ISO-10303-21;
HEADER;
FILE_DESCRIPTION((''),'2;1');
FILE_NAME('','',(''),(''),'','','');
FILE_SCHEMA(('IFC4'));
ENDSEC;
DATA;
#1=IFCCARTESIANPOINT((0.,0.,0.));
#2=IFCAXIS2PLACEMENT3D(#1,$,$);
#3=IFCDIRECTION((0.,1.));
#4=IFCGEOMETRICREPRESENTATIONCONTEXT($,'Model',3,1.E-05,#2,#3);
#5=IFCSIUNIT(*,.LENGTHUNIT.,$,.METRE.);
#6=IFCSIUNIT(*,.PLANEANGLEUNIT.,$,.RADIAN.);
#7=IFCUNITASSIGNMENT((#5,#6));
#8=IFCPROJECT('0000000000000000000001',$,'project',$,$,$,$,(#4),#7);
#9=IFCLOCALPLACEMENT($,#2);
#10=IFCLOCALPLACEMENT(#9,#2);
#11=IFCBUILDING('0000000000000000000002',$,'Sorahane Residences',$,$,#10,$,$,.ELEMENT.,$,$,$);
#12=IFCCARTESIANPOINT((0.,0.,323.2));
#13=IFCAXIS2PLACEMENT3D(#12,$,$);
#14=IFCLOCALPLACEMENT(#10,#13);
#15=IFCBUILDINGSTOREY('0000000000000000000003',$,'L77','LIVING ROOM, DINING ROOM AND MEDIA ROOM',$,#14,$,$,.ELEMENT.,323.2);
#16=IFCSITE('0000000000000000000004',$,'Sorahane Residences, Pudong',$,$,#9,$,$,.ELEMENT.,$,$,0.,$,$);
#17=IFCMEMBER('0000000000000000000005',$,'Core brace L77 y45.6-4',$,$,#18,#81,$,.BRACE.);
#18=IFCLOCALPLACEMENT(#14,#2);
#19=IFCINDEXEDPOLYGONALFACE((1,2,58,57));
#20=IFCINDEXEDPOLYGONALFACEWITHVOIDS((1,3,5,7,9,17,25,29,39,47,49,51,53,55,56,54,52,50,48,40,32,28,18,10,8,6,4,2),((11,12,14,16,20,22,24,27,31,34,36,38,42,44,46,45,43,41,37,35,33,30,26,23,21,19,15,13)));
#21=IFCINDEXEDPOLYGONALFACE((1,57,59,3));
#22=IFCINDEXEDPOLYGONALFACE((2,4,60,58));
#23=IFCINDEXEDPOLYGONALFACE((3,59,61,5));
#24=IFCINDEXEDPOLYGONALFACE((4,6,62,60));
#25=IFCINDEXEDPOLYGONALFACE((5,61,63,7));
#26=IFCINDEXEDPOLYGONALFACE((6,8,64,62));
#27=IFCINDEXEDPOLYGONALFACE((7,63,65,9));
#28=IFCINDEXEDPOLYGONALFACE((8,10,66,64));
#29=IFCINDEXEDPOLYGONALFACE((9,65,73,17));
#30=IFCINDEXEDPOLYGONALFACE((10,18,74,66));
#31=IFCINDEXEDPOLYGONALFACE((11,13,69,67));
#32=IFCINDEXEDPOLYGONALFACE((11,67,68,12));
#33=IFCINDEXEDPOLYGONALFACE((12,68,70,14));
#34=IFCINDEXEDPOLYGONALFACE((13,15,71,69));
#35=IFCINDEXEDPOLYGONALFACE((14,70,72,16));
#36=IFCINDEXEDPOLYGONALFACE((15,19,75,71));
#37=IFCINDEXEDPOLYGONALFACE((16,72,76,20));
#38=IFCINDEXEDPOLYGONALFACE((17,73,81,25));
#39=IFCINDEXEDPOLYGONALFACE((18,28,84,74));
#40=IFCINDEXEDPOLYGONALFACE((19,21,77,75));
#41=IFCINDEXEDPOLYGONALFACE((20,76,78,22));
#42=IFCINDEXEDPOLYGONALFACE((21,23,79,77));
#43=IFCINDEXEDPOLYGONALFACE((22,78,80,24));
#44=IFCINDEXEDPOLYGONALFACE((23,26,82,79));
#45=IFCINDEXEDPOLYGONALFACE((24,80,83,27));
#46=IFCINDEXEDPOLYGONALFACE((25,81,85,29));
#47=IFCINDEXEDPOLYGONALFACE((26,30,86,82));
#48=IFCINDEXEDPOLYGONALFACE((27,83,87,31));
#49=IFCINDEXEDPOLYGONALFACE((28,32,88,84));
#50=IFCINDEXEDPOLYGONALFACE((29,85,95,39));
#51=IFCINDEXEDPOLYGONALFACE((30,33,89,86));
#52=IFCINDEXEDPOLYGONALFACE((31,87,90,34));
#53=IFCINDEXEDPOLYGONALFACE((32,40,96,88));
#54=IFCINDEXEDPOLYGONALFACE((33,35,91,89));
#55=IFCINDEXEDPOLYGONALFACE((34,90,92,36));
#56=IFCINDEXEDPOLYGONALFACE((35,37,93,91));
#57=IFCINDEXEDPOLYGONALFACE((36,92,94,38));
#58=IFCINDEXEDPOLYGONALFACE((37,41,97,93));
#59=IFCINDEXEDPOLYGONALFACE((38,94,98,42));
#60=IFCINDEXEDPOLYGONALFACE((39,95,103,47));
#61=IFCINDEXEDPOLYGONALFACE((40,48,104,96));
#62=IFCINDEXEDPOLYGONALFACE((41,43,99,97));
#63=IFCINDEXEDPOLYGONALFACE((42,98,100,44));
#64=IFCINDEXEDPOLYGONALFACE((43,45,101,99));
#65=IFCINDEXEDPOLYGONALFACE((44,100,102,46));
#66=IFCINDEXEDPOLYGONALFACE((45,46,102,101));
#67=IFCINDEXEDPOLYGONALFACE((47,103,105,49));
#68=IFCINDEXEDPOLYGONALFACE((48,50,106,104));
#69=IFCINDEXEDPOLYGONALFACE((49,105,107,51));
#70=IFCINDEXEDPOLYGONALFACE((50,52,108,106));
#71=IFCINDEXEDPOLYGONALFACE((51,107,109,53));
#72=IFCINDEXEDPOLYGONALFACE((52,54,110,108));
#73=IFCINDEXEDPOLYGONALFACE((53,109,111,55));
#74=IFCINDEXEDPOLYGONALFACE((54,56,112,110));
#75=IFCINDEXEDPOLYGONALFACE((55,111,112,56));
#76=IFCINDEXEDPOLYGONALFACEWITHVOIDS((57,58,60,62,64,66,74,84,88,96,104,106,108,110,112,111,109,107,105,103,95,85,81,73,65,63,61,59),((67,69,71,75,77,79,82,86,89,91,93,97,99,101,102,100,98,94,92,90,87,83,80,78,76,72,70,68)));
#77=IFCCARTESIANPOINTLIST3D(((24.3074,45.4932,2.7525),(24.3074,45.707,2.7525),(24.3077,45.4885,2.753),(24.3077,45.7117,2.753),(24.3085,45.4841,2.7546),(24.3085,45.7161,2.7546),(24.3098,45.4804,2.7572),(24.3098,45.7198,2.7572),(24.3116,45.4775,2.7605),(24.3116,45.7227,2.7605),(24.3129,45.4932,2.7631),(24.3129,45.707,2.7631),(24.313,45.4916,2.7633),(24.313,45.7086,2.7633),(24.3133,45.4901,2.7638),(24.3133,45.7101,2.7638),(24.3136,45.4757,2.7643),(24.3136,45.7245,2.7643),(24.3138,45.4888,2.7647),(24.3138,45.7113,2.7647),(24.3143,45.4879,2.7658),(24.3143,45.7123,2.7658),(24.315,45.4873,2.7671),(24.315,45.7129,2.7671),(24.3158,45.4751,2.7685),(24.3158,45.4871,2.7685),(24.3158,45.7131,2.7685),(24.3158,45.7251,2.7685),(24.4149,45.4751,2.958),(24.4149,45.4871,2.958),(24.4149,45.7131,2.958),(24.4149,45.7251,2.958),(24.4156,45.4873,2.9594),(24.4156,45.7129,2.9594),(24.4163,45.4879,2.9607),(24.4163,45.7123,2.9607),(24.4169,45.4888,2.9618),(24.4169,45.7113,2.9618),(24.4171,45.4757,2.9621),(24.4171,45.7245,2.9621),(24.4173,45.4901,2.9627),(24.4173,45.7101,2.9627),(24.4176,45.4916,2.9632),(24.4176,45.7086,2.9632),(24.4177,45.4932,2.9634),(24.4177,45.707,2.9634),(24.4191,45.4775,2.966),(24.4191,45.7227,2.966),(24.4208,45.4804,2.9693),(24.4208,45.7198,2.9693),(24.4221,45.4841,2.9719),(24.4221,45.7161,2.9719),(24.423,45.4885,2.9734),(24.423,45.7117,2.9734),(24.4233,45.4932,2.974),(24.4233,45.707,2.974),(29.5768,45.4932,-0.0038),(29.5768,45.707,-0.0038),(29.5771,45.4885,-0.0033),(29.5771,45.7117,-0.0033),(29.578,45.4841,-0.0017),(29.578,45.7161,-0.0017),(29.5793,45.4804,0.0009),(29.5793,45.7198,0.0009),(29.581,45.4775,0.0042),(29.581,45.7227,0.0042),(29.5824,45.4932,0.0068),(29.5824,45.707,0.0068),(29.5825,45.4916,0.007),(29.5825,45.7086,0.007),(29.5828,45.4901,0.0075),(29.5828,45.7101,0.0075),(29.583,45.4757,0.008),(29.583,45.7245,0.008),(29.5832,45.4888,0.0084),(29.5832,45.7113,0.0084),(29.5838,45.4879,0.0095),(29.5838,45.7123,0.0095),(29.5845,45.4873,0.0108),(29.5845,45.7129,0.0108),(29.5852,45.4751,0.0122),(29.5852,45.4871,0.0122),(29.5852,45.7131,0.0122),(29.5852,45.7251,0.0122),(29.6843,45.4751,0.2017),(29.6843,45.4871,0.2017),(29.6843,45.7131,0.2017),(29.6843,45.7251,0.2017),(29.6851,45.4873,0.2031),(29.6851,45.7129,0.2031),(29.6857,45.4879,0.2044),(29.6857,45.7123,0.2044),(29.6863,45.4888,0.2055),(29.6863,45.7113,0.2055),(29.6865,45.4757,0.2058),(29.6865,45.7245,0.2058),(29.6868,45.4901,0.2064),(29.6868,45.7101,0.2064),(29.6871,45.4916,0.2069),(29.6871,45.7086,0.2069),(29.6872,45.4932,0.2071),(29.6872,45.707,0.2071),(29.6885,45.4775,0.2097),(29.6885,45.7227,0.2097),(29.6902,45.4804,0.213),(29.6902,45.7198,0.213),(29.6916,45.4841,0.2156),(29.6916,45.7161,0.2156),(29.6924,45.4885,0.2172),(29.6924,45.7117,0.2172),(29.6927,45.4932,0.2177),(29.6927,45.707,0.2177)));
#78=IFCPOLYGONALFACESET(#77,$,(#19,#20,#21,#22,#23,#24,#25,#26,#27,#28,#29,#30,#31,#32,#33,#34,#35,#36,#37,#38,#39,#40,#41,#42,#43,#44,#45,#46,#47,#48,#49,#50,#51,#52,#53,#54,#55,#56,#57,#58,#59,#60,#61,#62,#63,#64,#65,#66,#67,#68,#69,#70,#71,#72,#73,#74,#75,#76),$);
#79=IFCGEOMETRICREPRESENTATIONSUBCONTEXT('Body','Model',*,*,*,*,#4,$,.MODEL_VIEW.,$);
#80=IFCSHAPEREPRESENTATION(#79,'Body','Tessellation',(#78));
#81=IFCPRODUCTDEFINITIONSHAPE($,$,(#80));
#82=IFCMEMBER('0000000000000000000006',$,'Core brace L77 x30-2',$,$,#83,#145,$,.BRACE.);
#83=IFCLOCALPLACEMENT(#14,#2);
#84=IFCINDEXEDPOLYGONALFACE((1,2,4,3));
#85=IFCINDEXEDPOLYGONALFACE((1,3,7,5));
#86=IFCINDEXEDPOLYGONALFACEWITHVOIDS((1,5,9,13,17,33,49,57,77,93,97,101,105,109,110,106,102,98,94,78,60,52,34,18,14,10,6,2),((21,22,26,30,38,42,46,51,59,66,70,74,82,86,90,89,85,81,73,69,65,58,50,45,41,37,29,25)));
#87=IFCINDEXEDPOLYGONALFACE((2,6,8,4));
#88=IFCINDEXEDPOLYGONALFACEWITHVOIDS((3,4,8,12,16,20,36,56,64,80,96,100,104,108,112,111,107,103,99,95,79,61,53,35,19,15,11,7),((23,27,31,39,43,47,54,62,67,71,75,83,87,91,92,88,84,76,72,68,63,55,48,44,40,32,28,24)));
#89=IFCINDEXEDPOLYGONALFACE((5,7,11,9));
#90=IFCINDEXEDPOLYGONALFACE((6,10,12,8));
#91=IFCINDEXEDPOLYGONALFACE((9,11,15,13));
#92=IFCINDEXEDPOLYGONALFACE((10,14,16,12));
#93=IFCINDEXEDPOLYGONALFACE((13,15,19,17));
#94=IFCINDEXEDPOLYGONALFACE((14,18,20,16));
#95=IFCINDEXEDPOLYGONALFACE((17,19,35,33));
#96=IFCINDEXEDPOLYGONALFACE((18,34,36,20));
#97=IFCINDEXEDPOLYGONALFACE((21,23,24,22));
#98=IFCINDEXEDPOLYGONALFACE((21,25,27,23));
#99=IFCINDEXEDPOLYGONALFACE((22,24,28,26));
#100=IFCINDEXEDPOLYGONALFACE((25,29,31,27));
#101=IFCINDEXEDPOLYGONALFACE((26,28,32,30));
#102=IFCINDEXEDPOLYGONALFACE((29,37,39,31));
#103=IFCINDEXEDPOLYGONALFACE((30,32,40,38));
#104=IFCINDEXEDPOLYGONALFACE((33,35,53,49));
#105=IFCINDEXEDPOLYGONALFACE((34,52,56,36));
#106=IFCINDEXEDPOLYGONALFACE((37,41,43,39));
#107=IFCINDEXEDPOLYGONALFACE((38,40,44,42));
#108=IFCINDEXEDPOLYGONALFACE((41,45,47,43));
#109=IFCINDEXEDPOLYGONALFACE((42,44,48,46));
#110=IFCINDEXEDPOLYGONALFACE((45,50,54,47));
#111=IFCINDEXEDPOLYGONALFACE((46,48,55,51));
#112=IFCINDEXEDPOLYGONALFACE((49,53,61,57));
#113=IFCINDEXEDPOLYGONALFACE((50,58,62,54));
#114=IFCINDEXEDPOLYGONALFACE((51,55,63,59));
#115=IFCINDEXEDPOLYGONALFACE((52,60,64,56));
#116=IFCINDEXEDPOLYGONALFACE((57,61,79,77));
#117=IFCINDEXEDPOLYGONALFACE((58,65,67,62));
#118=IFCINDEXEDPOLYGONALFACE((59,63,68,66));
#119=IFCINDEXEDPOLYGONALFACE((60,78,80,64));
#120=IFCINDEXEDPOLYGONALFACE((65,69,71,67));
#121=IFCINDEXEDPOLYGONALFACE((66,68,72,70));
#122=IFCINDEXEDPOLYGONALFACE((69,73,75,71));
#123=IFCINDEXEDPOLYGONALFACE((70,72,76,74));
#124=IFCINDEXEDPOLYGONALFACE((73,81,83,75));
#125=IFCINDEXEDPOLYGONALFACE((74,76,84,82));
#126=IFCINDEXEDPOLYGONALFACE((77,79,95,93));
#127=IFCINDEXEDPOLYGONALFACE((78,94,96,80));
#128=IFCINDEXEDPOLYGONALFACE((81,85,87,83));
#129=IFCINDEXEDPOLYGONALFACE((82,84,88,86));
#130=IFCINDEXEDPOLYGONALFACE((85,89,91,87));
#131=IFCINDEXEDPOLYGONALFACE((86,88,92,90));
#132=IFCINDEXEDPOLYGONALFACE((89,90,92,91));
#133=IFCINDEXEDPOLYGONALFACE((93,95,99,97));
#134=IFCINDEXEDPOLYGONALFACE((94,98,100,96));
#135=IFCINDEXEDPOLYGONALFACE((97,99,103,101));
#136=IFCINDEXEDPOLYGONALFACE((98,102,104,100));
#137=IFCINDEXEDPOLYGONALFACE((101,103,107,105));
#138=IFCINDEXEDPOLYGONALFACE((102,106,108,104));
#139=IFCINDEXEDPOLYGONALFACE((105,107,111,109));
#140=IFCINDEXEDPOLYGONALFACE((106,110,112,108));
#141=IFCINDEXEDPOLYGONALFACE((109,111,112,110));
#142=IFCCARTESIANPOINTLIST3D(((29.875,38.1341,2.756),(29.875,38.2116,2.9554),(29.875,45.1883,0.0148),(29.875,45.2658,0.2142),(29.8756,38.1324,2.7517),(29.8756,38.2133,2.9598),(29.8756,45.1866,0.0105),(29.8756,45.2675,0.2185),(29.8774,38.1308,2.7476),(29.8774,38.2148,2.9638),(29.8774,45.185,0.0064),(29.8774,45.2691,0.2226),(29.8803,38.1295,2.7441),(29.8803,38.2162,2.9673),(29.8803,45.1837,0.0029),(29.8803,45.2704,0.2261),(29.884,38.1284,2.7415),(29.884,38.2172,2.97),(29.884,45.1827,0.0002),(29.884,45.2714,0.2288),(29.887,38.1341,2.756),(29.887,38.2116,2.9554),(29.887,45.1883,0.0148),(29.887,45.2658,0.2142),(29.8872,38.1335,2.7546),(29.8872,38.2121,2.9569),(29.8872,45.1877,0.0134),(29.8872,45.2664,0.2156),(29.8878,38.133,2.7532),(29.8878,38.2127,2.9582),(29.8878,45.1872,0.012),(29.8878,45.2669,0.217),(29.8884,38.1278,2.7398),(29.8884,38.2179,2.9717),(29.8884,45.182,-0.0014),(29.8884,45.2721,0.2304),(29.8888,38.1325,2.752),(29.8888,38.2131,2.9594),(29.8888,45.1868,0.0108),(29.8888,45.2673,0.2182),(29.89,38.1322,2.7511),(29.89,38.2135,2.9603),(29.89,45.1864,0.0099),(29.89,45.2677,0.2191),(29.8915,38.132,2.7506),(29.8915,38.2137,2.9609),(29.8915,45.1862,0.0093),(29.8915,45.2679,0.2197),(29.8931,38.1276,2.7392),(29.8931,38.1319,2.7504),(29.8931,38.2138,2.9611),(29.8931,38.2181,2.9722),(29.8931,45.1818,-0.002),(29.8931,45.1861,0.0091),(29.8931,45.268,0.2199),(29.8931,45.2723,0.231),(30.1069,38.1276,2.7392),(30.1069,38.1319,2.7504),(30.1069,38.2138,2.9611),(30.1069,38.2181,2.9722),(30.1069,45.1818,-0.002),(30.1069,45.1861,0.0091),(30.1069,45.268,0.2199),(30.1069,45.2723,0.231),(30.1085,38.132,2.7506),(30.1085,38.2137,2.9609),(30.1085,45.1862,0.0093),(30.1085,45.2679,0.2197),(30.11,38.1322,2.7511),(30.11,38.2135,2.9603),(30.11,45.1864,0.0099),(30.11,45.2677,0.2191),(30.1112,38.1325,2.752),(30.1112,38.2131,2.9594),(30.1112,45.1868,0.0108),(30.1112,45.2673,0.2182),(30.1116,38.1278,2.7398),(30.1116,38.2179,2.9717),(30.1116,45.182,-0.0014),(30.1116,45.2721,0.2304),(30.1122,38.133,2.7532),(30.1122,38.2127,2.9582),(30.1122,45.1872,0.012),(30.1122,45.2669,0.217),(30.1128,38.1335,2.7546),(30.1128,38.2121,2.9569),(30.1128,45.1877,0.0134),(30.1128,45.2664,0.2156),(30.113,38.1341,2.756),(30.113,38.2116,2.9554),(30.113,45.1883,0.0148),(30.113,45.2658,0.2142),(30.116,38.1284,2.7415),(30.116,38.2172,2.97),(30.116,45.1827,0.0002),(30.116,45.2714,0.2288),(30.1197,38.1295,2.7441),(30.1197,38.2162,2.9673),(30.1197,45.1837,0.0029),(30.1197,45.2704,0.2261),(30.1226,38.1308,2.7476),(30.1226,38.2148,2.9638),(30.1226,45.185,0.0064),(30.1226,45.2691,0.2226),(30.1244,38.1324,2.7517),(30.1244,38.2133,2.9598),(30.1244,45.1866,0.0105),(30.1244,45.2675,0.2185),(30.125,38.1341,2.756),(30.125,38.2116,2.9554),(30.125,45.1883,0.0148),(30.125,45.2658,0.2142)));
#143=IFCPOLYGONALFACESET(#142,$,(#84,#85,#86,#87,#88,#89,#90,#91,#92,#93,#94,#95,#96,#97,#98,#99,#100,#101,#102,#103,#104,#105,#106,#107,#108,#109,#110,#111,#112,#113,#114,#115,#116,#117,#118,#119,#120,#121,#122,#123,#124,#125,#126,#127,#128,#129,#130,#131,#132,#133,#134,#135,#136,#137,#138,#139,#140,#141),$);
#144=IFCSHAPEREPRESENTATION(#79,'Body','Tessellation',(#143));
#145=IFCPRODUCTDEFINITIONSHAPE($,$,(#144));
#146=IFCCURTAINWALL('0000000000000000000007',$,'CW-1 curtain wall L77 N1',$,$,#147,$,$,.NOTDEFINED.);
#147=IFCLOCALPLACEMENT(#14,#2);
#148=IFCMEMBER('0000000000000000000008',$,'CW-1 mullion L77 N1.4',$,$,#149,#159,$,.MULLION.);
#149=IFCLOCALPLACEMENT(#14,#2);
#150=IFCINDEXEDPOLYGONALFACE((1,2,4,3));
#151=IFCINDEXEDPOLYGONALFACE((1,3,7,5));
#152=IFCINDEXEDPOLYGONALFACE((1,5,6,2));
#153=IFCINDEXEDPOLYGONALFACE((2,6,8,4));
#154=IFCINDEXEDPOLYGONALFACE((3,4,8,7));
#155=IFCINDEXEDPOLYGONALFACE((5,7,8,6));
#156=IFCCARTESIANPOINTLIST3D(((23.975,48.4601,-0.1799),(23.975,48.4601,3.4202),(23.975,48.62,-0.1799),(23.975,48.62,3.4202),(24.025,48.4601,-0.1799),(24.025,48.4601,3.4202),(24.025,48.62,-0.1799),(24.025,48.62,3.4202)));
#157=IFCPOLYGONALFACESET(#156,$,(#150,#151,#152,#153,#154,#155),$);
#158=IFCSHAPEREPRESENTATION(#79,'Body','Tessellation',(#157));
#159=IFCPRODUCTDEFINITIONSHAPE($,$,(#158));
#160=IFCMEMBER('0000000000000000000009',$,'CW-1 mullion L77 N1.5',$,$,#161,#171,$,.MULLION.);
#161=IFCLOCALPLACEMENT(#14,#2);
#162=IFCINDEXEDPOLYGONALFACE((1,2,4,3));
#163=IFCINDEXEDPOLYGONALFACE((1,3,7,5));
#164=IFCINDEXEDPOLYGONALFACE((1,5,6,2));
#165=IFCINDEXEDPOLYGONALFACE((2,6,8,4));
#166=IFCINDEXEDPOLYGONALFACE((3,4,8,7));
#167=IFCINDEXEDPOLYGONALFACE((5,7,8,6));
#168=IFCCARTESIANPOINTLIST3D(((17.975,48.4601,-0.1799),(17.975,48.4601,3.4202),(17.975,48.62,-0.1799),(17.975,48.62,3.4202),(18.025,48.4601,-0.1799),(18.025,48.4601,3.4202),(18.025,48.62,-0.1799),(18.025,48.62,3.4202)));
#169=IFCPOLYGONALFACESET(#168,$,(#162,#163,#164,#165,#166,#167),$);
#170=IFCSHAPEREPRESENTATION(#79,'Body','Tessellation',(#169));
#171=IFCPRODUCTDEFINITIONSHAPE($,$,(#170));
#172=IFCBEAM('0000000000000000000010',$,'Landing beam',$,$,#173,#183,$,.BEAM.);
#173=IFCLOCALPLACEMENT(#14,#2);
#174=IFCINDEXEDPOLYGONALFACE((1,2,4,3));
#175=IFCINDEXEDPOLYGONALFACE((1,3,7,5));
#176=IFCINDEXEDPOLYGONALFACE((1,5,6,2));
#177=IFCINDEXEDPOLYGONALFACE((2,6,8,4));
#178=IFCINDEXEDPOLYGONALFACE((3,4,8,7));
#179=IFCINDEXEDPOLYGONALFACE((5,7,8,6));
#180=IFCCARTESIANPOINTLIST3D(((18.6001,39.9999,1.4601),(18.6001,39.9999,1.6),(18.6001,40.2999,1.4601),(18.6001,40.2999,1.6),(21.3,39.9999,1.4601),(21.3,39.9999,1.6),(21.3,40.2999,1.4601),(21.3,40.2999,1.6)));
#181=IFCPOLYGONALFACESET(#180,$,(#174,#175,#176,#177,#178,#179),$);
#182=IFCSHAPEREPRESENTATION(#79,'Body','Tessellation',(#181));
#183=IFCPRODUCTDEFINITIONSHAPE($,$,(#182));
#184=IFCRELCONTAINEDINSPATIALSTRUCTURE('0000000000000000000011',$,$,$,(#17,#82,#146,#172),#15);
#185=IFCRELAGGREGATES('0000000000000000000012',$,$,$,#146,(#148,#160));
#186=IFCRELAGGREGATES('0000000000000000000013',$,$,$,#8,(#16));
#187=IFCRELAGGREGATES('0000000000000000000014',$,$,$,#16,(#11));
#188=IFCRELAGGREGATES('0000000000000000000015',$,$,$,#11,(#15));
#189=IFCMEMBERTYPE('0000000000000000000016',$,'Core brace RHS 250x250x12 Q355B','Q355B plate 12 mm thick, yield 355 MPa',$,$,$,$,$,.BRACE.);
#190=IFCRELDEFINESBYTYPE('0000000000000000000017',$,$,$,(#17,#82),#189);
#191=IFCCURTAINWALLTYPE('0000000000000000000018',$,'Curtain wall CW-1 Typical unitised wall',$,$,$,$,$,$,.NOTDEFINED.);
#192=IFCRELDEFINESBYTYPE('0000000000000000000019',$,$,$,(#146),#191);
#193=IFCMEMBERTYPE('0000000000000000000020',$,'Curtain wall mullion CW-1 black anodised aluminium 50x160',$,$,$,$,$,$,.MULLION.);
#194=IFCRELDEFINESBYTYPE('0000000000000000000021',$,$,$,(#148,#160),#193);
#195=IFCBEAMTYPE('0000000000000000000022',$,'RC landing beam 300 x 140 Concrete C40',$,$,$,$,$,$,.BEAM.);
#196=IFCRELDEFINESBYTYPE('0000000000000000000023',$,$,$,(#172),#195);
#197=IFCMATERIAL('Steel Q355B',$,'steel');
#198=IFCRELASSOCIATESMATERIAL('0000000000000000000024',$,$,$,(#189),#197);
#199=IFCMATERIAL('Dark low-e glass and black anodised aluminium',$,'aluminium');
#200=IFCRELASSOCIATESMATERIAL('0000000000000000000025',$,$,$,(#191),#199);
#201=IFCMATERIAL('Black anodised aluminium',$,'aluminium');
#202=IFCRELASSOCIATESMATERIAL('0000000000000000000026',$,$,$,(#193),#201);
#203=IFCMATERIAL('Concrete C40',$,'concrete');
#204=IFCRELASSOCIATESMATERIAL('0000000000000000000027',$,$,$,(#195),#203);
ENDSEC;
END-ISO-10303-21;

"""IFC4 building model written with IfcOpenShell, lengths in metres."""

from ifc_helpers import new_model, si_unit, direction, frame, origin, origin_2d, place, context, subcontext, project, spatial, rectangle, hollow_rectangle, extrude, material, material_profile, profile_set, type_object, element, aggregate, save


model = new_model("IFC4")

# Units and contexts
model_context = context("Model", 3, precision=1e-05, world=origin(), true_north=direction((0.0, 1.0)))
body_context = subcontext(model_context, "Body", "Model", "MODEL_VIEW")
ifc_project = project(units=[si_unit("LENGTHUNIT", "METRE"), si_unit("PLANEANGLEUNIT", "RADIAN")], contexts=[model_context])

# Site, building, storey
site_placement = place(None, origin())
site = spatial("IfcSite", under=ifc_project, at=site_placement, Name="Sorahane Residences, Pudong", CompositionType="ELEMENT", RefElevation=0.0)
building_placement = place(site_placement, origin())
building = spatial("IfcBuilding", under=site, at=building_placement, Name="Sorahane Residences", CompositionType="ELEMENT")
storey_placement = place(building_placement, frame((0.0, 0.0, 323.2)))
storey = spatial("IfcBuildingStorey", under=building, at=storey_placement, Name="L77", Description="LIVING ROOM, DINING ROOM AND MEDIA ROOM", CompositionType="ELEMENT", Elevation=323.2)

# Members
ifc_material_1 = material(Name="Steel Q355B", Category="steel")
ifc_material_profile_1 = material_profile(ifc_material_1, hollow_rectangle(XDim=0.25, YDim=0.25, WallThickness=0.012, InnerFilletRadius=0.0061, OuterFilletRadius=0.0181, at=origin_2d()), Name="RHS 250x250x12")
ifc_profile_set_1 = profile_set([ifc_material_profile_1], Name="Steel Q355B")
member_type_1 = type_object("IfcMemberType", Name="Core brace RHS 250x250x12 Q355B", Description="Q355B plate 12 mm thick, yield 355 MPa", PredefinedType="BRACE", material=ifc_profile_set_1)
for number, where, z_axis, x_axis, name in (
    (1, (29.6348, 45.6001, 0.1069), (-0.8861, 0.0, 0.463495), (0.0, -1.0, 0.0), "Core brace L77 y45.6-4"),
):
    element("IfcMember", number, at=place(storey_placement, frame(where, z_axis=z_axis, x_axis=x_axis)), inside=storey, type_object=member_type_1, Name=name, PredefinedType="BRACE", context=body_context, shape_type="SweptSolid", body=[
        extrude(hollow_rectangle(XDim=0.25, YDim=0.25, WallThickness=0.012, InnerFilletRadius=0.0061, OuterFilletRadius=0.0181, at=origin_2d()), origin(), (0.0, 0.0, 1.0), 5.9468),
    ])
member_1_placement = place(storey_placement, frame((30.0, 45.2271, 0.1145), z_axis=(0.0, -0.932098, 0.362207), x_axis=(1.0, 0.0, 0.0)))
element("IfcMember", 2, at=member_1_placement, inside=storey, type_object=member_type_1, Name="Core brace L77 x30-2", PredefinedType="BRACE", context=body_context, shape_type="SweptSolid", body=[
    extrude(hollow_rectangle(XDim=0.25, YDim=0.25, WallThickness=0.012, InnerFilletRadius=0.0061, OuterFilletRadius=0.0181, at=origin_2d()), origin(), (0.0, 0.0, 1.0), 7.5681),
])

# Curtain wall, members
ifc_material_2 = material(Name="Dark low-e glass and black anodised aluminium", Category="aluminium")
curtain_wall_type = type_object("IfcCurtainWallType", Name="Curtain wall CW-1 Typical unitised wall", PredefinedType="NOTDEFINED", material=ifc_material_2)
curtain_wall_placement = place(storey_placement, origin())
curtain_wall = element("IfcCurtainWall", 3, at=curtain_wall_placement, inside=storey, type_object=curtain_wall_type, Name="CW-1 curtain wall L77 N1", PredefinedType="NOTDEFINED")
ifc_material_3 = material(Name="Black anodised aluminium", Category="aluminium")
ifc_material_profile_2 = material_profile(ifc_material_3, rectangle(XDim=0.1599, YDim=0.05, at=origin_2d()), Name="Curtain wall mullion CW-1 black anodised aluminium 50x160")
ifc_profile_set_2 = profile_set([ifc_material_profile_2], Name="Black anodised aluminium")
member_type_2 = type_object("IfcMemberType", Name="Curtain wall mullion CW-1 black anodised aluminium 50x160", PredefinedType="MULLION", material=ifc_profile_set_2)
member_2_placement = place(storey_placement, frame((24.0, 48.54, -0.1799), z_axis=(0.0, 0.0, 1.0), x_axis=(0.0, 1.0, 0.0)))
member_2 = element("IfcMember", 4, at=member_2_placement, type_object=member_type_2, Name="CW-1 mullion L77 N1.4", PredefinedType="MULLION", context=body_context, shape_type="SweptSolid", body=[
    extrude(rectangle(XDim=0.1599, YDim=0.05, at=origin_2d()), origin(), (0.0, 0.0, 1.0), 3.6001),
])
member_3_placement = place(storey_placement, frame((18.0, 48.54, -0.1799), z_axis=(0.0, 0.0, 1.0), x_axis=(0.0, 1.0, 0.0)))
member_3 = element("IfcMember", 5, at=member_3_placement, type_object=member_type_2, Name="CW-1 mullion L77 N1.5", PredefinedType="MULLION", context=body_context, shape_type="SweptSolid", body=[
    extrude(rectangle(XDim=0.1599, YDim=0.05, at=origin_2d()), origin(), (0.0, 0.0, 1.0), 3.6001),
])

# Beam
ifc_material_4 = material(Name="Concrete C40", Category="concrete")
ifc_material_profile_3 = material_profile(ifc_material_4, rectangle(XDim=0.3, YDim=0.1399, at=origin_2d()), Name="300x140")
ifc_profile_set_3 = profile_set([ifc_material_profile_3], Name="Concrete C40")
beam_type_1 = type_object("IfcBeamType", Name="RC landing beam 300 x 140 Concrete C40", PredefinedType="BEAM", material=ifc_profile_set_3)
beam_1_placement = place(storey_placement, frame((18.6001, 40.1499, 1.53), z_axis=(1.0, 0.0, 0.0), x_axis=(0.0, 1.0, 0.0)))
element("IfcBeam", 6, at=beam_1_placement, inside=storey, type_object=beam_type_1, Name="Landing beam", PredefinedType="BEAM", context=body_context, shape_type="SweptSolid", body=[
    extrude(rectangle(XDim=0.3, YDim=0.1399, at=origin_2d()), origin(), (0.0, 0.0, 1.0), 2.7),
])

aggregate(curtain_wall, [member_2, member_3])

save(model, "model.ifc")
